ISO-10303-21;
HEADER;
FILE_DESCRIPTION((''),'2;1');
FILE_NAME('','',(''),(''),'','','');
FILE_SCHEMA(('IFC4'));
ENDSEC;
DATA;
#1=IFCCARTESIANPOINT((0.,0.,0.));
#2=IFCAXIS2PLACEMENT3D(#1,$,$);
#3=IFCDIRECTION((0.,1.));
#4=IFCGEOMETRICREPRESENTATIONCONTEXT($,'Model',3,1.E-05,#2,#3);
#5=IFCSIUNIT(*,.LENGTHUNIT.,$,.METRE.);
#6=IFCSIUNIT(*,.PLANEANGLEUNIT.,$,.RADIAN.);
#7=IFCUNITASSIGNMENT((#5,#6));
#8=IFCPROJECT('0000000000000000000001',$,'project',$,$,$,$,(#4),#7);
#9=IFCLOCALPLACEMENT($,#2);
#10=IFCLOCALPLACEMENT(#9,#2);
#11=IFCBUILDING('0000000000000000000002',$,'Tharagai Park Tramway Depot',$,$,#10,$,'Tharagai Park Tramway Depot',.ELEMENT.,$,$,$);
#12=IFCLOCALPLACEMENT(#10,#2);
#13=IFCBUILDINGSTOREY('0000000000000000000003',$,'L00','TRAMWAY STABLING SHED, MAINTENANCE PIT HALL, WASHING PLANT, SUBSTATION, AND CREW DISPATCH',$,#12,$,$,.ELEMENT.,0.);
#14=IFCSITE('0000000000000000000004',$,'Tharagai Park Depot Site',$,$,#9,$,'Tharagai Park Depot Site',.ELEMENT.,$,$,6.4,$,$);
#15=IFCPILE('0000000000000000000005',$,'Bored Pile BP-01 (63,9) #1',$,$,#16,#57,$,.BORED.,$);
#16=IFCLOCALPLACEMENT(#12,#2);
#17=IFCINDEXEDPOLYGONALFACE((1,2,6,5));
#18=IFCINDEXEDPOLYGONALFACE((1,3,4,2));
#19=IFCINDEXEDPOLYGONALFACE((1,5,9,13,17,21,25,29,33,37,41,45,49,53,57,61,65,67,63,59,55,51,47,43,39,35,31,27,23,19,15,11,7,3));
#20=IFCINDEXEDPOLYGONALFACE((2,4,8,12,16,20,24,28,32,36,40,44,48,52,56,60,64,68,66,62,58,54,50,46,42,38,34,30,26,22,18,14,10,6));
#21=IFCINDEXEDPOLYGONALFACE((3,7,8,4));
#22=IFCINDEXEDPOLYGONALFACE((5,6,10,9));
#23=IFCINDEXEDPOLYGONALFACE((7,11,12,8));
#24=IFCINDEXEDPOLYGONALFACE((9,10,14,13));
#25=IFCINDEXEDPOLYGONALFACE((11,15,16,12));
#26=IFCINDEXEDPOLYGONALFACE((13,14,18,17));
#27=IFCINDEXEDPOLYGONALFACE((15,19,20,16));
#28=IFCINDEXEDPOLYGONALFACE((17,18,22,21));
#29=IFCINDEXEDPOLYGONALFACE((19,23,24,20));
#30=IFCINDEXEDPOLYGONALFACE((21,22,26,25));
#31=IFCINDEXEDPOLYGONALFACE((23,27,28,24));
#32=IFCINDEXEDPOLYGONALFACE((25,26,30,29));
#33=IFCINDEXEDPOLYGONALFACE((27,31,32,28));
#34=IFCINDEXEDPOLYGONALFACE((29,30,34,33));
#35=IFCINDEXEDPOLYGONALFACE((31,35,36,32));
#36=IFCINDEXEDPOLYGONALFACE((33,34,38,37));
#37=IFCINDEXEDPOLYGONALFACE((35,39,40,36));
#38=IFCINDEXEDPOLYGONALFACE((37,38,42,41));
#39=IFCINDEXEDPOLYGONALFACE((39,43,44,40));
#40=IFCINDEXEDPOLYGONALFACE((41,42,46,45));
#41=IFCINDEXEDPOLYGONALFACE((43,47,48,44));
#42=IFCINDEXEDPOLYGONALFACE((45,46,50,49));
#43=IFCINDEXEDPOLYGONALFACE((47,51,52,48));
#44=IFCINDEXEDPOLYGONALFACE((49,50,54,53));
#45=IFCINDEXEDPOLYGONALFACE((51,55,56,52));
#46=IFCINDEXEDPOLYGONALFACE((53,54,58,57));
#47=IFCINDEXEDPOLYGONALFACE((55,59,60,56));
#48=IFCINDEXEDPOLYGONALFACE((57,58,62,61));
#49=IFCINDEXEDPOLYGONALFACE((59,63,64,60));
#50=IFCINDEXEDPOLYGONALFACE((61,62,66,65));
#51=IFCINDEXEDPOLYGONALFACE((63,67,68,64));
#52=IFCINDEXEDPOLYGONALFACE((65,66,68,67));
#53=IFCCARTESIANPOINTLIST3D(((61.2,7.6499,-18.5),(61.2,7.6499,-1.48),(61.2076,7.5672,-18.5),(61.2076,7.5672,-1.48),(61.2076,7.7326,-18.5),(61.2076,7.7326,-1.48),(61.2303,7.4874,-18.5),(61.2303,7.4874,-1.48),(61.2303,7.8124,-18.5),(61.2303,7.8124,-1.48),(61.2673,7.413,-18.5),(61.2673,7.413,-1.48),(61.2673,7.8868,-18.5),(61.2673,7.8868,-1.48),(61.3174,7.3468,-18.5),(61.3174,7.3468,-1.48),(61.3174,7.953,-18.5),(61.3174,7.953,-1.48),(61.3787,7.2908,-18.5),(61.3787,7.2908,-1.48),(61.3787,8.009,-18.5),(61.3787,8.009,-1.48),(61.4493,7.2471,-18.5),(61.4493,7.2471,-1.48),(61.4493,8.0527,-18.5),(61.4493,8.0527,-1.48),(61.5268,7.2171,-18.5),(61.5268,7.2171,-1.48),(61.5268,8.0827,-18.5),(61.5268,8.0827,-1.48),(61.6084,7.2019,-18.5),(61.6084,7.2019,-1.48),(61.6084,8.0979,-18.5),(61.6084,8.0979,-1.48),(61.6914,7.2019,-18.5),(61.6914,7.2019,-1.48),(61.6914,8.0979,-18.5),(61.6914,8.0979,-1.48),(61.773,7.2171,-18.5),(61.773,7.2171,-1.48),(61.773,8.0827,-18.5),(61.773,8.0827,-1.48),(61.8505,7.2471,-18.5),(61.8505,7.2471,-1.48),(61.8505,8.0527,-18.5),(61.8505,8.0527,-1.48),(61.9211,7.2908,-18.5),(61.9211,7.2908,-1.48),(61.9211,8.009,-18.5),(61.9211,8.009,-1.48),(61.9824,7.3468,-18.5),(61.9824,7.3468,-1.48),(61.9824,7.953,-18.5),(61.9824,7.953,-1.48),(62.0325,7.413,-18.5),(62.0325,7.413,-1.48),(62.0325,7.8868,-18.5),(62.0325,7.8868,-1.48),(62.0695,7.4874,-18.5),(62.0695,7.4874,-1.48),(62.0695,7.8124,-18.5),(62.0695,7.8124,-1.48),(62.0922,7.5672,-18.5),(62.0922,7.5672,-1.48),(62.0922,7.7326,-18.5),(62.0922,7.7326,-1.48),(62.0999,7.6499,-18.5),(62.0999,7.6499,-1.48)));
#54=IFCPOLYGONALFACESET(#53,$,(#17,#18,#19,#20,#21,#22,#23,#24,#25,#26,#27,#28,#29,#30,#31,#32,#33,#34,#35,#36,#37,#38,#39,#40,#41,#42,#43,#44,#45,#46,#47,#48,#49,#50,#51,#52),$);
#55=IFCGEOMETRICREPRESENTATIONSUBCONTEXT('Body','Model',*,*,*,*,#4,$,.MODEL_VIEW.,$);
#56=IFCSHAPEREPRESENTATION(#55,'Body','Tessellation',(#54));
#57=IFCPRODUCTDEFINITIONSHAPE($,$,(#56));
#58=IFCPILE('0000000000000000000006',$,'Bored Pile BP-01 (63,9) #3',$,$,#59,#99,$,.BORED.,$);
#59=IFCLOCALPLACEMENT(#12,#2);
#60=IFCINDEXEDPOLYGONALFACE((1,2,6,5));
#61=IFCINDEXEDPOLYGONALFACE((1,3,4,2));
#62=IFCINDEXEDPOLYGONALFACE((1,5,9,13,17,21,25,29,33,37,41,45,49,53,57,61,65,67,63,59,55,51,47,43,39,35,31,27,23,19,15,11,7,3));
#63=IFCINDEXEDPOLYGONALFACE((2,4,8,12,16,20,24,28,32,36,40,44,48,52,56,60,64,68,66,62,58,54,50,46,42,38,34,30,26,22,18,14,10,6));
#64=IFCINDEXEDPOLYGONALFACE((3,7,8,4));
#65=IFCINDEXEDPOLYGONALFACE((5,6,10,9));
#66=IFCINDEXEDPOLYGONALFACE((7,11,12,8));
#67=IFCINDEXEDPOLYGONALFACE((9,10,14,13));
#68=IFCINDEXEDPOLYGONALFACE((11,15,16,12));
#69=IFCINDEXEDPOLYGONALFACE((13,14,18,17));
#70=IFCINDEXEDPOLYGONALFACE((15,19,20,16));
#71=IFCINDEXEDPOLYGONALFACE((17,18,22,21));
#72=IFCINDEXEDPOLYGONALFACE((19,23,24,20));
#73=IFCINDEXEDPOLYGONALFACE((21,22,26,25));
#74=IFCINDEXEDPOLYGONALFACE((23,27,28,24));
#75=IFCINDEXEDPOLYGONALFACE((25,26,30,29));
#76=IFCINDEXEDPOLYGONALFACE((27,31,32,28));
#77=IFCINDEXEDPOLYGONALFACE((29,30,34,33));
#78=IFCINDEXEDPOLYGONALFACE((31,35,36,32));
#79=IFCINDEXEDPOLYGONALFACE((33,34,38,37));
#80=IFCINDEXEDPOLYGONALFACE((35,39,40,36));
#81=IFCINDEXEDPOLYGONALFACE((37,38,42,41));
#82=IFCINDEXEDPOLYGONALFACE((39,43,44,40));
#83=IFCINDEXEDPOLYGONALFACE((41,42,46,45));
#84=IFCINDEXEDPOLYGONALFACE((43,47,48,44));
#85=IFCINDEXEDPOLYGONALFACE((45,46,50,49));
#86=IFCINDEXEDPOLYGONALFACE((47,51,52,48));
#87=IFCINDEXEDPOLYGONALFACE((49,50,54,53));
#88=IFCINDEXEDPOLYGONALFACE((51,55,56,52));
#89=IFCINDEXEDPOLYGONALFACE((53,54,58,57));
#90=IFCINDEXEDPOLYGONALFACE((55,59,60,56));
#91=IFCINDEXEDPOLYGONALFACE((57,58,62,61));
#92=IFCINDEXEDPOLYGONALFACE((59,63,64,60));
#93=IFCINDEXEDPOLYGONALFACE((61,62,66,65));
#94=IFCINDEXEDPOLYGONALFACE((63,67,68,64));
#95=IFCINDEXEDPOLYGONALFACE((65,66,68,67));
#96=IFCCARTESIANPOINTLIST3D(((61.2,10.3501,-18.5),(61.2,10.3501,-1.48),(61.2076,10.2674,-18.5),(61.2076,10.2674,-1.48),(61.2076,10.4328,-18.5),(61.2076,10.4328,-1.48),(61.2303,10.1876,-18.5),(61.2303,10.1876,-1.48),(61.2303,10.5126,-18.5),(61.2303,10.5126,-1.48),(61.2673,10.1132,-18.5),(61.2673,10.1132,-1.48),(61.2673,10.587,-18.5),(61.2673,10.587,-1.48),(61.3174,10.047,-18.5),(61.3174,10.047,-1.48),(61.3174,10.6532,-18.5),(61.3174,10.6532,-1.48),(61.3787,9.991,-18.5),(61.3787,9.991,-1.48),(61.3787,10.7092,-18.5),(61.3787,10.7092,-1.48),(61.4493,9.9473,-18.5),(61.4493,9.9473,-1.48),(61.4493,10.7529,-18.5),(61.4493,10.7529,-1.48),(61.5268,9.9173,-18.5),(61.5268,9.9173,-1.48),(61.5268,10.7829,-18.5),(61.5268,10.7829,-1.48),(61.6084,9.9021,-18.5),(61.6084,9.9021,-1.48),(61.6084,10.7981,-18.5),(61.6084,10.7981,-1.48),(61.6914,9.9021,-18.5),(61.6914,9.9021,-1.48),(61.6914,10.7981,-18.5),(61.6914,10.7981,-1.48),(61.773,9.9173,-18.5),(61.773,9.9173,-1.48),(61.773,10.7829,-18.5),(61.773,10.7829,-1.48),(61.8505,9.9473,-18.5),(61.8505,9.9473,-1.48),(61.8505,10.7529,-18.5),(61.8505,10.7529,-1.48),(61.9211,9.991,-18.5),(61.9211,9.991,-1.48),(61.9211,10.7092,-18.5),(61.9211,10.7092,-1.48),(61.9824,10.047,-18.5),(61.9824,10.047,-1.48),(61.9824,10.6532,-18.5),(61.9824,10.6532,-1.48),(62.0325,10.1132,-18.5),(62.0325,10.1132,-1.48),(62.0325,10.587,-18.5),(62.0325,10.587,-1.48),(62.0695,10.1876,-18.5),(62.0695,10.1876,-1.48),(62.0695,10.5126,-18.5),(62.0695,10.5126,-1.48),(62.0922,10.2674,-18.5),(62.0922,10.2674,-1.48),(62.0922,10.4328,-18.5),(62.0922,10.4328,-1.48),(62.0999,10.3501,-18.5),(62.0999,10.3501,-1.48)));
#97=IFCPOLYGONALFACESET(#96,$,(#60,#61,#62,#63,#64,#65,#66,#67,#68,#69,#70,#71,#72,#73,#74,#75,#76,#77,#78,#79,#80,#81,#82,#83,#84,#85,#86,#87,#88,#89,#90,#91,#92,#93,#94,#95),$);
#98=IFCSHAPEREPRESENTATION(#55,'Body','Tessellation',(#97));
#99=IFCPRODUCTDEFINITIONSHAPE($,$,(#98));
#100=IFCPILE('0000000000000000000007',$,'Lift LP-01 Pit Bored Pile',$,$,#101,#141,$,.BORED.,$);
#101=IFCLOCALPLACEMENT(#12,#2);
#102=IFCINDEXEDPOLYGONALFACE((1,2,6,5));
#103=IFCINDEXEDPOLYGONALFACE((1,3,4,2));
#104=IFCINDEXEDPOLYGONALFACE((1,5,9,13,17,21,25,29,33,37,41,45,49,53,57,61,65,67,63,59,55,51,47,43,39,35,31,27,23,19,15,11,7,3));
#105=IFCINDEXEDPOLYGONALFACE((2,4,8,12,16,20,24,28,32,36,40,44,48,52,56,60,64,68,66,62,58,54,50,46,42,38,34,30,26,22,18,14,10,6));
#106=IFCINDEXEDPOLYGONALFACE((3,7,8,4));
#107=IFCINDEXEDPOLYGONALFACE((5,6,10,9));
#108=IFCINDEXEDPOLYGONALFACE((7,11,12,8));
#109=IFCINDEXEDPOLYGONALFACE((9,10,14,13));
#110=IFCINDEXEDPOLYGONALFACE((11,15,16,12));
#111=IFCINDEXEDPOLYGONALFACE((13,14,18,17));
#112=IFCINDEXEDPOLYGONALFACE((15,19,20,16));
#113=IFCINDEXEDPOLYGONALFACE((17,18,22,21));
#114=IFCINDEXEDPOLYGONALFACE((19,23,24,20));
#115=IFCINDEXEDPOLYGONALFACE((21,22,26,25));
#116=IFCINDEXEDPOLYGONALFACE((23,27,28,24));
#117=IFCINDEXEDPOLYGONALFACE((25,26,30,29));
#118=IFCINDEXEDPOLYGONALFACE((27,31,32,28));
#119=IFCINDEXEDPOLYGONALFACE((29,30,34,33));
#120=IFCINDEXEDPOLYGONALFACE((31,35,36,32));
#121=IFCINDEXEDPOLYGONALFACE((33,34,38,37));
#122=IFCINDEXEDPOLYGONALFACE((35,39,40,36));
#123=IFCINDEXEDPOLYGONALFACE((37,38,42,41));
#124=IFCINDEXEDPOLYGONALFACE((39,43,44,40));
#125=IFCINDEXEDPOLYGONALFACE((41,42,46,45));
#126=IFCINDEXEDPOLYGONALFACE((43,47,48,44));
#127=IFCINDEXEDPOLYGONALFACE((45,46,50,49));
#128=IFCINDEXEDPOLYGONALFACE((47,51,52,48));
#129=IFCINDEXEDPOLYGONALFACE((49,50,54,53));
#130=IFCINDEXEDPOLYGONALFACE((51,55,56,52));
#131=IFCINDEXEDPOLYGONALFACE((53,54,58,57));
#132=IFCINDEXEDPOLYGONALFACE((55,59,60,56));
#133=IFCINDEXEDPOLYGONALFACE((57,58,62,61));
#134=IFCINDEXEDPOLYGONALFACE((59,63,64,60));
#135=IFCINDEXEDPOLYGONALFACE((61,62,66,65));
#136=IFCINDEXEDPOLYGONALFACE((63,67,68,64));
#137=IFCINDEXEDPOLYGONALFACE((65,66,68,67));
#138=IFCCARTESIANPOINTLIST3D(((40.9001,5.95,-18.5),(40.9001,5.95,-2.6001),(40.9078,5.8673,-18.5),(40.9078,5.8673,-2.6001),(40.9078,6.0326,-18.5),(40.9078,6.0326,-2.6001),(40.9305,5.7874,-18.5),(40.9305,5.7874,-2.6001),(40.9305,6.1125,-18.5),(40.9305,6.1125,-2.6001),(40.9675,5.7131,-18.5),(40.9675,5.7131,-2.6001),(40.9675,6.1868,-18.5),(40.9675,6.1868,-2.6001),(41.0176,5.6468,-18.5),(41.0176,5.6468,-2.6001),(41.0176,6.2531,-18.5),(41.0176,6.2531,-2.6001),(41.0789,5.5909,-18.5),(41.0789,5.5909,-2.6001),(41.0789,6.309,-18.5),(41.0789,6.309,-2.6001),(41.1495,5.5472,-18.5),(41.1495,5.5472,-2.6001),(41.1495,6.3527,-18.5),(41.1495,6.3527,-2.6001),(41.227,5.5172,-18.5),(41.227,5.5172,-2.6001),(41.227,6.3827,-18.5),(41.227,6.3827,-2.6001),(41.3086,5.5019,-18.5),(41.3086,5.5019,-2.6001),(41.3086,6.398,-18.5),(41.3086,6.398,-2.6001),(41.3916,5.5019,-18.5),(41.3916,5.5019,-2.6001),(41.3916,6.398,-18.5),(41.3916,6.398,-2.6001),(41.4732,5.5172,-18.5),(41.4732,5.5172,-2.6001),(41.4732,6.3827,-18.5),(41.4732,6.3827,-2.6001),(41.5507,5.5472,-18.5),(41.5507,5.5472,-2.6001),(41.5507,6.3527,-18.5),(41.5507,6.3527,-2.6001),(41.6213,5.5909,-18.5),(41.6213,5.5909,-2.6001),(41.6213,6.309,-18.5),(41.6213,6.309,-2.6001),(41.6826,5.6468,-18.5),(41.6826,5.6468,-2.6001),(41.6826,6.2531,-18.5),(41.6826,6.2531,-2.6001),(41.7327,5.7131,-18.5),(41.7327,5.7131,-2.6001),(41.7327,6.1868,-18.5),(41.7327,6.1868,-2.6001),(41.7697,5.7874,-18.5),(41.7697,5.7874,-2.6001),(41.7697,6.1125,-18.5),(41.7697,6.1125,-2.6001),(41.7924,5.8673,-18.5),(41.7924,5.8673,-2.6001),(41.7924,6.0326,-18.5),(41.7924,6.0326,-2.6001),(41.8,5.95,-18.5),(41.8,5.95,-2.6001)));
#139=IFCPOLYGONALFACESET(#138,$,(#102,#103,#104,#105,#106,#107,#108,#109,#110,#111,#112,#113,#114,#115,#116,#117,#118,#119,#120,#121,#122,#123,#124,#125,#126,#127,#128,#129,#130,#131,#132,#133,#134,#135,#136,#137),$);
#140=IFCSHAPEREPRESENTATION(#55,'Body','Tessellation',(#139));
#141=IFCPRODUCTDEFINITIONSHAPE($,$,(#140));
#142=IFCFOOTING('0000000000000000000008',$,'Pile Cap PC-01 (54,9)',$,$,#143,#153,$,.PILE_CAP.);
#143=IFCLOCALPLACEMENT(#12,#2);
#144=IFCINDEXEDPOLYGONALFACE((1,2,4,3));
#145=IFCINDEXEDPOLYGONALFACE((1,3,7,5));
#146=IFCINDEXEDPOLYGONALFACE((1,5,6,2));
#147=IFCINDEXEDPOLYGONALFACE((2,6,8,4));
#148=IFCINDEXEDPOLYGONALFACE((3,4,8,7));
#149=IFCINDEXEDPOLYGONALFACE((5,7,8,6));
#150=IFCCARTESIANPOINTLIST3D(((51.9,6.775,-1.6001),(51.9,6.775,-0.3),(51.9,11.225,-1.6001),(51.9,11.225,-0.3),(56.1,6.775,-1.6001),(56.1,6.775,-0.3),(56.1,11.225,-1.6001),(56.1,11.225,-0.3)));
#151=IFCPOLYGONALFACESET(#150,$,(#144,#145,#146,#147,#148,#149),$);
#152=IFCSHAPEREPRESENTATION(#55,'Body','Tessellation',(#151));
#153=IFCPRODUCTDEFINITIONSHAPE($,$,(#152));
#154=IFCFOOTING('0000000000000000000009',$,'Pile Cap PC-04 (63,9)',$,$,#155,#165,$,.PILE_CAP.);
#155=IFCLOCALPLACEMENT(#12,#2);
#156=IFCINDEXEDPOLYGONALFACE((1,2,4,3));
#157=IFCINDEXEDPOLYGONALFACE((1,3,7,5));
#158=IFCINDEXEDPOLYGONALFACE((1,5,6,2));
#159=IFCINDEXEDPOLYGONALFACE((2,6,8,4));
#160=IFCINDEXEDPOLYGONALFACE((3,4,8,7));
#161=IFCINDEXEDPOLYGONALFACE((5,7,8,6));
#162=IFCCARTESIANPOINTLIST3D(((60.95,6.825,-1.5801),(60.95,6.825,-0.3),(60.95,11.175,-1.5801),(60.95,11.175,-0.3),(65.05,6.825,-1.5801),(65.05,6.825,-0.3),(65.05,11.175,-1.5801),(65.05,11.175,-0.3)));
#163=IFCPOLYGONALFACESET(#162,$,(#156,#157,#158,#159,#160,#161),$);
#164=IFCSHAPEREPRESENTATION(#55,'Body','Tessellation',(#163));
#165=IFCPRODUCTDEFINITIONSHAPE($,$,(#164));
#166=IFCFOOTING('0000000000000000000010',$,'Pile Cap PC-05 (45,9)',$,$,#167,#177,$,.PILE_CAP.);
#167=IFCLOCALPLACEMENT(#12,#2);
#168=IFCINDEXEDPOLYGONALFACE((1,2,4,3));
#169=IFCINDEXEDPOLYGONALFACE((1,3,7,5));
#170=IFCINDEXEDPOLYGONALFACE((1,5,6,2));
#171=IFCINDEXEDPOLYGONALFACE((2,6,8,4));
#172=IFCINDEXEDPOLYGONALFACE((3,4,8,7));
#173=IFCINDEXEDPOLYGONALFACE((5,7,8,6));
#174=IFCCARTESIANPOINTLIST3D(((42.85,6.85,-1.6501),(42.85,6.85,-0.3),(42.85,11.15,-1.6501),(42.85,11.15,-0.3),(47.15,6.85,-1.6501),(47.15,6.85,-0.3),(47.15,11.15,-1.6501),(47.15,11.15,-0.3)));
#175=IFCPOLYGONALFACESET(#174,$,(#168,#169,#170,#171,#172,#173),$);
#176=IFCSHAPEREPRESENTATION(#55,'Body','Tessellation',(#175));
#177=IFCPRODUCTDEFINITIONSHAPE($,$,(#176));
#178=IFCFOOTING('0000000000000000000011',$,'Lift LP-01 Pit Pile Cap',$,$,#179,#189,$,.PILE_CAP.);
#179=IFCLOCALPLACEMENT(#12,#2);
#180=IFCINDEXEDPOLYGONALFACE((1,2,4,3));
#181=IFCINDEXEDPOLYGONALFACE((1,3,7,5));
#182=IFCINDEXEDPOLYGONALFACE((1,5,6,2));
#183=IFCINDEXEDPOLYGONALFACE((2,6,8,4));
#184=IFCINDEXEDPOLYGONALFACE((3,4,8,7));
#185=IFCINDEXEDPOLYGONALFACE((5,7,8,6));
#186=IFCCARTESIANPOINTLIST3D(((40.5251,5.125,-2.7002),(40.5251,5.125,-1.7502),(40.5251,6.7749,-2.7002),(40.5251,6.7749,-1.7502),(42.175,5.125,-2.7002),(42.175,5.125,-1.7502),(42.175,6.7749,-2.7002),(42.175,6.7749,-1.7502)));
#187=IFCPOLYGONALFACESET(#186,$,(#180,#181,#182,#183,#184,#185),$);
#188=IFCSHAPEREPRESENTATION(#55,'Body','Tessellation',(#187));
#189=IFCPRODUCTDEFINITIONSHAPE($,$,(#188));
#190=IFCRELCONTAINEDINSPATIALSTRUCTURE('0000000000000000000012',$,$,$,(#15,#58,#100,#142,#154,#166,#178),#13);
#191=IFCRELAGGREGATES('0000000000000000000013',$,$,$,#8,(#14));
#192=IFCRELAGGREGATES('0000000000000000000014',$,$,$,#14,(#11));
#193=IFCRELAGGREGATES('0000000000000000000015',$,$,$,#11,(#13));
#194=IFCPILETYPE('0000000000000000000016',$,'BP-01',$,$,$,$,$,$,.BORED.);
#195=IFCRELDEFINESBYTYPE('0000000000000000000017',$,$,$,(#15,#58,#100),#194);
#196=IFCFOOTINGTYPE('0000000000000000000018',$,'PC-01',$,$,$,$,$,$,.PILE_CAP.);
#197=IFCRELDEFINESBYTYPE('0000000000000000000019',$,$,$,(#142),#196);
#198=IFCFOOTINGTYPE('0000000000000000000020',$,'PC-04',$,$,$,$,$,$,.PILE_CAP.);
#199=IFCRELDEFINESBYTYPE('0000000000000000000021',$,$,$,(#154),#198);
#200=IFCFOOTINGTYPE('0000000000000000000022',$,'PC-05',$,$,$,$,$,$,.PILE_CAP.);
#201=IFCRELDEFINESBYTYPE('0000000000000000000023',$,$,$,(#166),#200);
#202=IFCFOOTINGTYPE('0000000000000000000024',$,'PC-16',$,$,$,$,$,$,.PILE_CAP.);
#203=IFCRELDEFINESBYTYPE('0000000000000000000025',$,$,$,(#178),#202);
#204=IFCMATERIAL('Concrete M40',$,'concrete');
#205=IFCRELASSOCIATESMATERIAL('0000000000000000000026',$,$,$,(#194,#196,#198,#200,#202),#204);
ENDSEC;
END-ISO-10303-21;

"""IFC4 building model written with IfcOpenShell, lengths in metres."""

from ifc_helpers import new_model, si_unit, direction, frame, origin, origin_2d, place, context, subcontext, project, spatial, rectangle, circle, extrude, material, material_profile, profile_set, type_object, element, save


model = new_model("IFC4")

# Units and contexts
model_context = context("Model", 3, precision=1e-05, world=origin(), true_north=direction((0.0, 1.0)))
body_context = subcontext(model_context, "Body", "Model", "MODEL_VIEW")
ifc_project = project(units=[si_unit("LENGTHUNIT", "METRE"), si_unit("PLANEANGLEUNIT", "RADIAN")], contexts=[model_context])

# Site, building, storey
site_placement = place(None, origin())
site = spatial("IfcSite", under=ifc_project, at=site_placement, Name="Tharagai Park Depot Site", LongName="Tharagai Park Depot Site", CompositionType="ELEMENT", RefElevation=6.4)
building_placement = place(site_placement, origin())
building = spatial("IfcBuilding", under=site, at=building_placement, Name="Tharagai Park Tramway Depot", LongName="Tharagai Park Tramway Depot", CompositionType="ELEMENT")
storey_placement = place(building_placement, origin())
storey = spatial("IfcBuildingStorey", under=building, at=storey_placement, Name="L00", Description="TRAMWAY STABLING SHED, MAINTENANCE PIT HALL, WASHING PLANT, SUBSTATION, AND CREW DISPATCH", CompositionType="ELEMENT", Elevation=0.0)

# Piles
ifc_material_1 = material(Name="Concrete M40", Category="concrete")
ifc_material_profile_1 = material_profile(ifc_material_1, circle(Radius=0.45, at=origin_2d()), Name="PILE D900")
ifc_profile_set_1 = profile_set([ifc_material_profile_1], Name="Concrete M40")
pile_type = type_object("IfcPileType", Name="BP-01", PredefinedType="BORED", material=ifc_profile_set_1)
for number, where, z_axis, x_axis, name in (
    (1, (61.6499, 7.6499, -1.48), (0.0, 0.0, -1.0), (1.0, 0.0, 0.0), "Bored Pile BP-01 (63,9) #1"),
    (2, (61.6499, 10.3501, -1.48), (0.0, 0.0, -1.0), (1.0, 0.0, 0.0), "Bored Pile BP-01 (63,9) #3"),
):
    element("IfcPile", number, at=place(storey_placement, frame(where, z_axis=z_axis, x_axis=x_axis)), inside=storey, type_object=pile_type, Name=name, PredefinedType="BORED", context=body_context, shape_type="SweptSolid", body=[
        extrude(circle(Radius=0.45, at=origin_2d()), origin(), (0.0, 0.0, 1.0), 17.02),
    ])
pile_placement = place(storey_placement, frame((41.3501, 5.95, -2.6001), z_axis=(0.0, 0.0, -1.0), x_axis=(1.0, 0.0, 0.0)))
element("IfcPile", 3, at=pile_placement, inside=storey, type_object=pile_type, Name="Lift LP-01 Pit Bored Pile", PredefinedType="BORED", context=body_context, shape_type="SweptSolid", body=[
    extrude(circle(Radius=0.45, at=origin_2d()), origin(), (0.0, 0.0, 1.0), 15.8999),
])

# Footings
footing_type_1 = type_object("IfcFootingType", Name="PC-01", PredefinedType="PILE_CAP", material=ifc_material_1)
footing_1_placement = place(storey_placement, frame((54.0, 9.0, -1.6001), z_axis=(0.0, 0.0, 1.0), x_axis=(1.0, 0.0, 0.0)))
element("IfcFooting", 4, at=footing_1_placement, inside=storey, type_object=footing_type_1, Name="Pile Cap PC-01 (54,9)", PredefinedType="PILE_CAP", context=body_context, shape_type="SweptSolid", body=[
    extrude(rectangle(XDim=4.2, YDim=4.45, at=origin_2d()), origin(), (0.0, 0.0, 1.0), 1.3),
])
footing_type_2 = type_object("IfcFootingType", Name="PC-04", PredefinedType="PILE_CAP", material=ifc_material_1)
footing_2_placement = place(storey_placement, frame((63.0, 9.0, -1.5801), z_axis=(0.0, 0.0, 1.0), x_axis=(1.0, 0.0, 0.0)))
element("IfcFooting", 5, at=footing_2_placement, inside=storey, type_object=footing_type_2, Name="Pile Cap PC-04 (63,9)", PredefinedType="PILE_CAP", context=body_context, shape_type="SweptSolid", body=[
    extrude(rectangle(XDim=4.1001, YDim=4.3501, at=origin_2d()), origin(), (0.0, 0.0, 1.0), 1.28),
])
footing_type_3 = type_object("IfcFootingType", Name="PC-05", PredefinedType="PILE_CAP", material=ifc_material_1)
footing_3_placement = place(storey_placement, frame((45.0, 9.0, -1.6501), z_axis=(0.0, 0.0, 1.0), x_axis=(1.0, 0.0, 0.0)))
element("IfcFooting", 6, at=footing_3_placement, inside=storey, type_object=footing_type_3, Name="Pile Cap PC-05 (45,9)", PredefinedType="PILE_CAP", context=body_context, shape_type="SweptSolid", body=[
    extrude(rectangle(XDim=4.3, YDim=4.3, at=origin_2d()), origin(), (0.0, 0.0, 1.0), 1.3501),
])
footing_type_4 = type_object("IfcFootingType", Name="PC-16", PredefinedType="PILE_CAP", material=ifc_material_1)
footing_4_placement = place(storey_placement, frame((41.3501, 5.95, -2.7002), z_axis=(0.0, 0.0, 1.0), x_axis=(1.0, 0.0, 0.0)))
element("IfcFooting", 7, at=footing_4_placement, inside=storey, type_object=footing_type_4, Name="Lift LP-01 Pit Pile Cap", PredefinedType="PILE_CAP", context=body_context, shape_type="SweptSolid", body=[
    extrude(rectangle(XDim=1.6499, YDim=1.6499, at=origin_2d()), origin(), (0.0, 0.0, 1.0), 0.95),
])

save(model, "model.ifc")
